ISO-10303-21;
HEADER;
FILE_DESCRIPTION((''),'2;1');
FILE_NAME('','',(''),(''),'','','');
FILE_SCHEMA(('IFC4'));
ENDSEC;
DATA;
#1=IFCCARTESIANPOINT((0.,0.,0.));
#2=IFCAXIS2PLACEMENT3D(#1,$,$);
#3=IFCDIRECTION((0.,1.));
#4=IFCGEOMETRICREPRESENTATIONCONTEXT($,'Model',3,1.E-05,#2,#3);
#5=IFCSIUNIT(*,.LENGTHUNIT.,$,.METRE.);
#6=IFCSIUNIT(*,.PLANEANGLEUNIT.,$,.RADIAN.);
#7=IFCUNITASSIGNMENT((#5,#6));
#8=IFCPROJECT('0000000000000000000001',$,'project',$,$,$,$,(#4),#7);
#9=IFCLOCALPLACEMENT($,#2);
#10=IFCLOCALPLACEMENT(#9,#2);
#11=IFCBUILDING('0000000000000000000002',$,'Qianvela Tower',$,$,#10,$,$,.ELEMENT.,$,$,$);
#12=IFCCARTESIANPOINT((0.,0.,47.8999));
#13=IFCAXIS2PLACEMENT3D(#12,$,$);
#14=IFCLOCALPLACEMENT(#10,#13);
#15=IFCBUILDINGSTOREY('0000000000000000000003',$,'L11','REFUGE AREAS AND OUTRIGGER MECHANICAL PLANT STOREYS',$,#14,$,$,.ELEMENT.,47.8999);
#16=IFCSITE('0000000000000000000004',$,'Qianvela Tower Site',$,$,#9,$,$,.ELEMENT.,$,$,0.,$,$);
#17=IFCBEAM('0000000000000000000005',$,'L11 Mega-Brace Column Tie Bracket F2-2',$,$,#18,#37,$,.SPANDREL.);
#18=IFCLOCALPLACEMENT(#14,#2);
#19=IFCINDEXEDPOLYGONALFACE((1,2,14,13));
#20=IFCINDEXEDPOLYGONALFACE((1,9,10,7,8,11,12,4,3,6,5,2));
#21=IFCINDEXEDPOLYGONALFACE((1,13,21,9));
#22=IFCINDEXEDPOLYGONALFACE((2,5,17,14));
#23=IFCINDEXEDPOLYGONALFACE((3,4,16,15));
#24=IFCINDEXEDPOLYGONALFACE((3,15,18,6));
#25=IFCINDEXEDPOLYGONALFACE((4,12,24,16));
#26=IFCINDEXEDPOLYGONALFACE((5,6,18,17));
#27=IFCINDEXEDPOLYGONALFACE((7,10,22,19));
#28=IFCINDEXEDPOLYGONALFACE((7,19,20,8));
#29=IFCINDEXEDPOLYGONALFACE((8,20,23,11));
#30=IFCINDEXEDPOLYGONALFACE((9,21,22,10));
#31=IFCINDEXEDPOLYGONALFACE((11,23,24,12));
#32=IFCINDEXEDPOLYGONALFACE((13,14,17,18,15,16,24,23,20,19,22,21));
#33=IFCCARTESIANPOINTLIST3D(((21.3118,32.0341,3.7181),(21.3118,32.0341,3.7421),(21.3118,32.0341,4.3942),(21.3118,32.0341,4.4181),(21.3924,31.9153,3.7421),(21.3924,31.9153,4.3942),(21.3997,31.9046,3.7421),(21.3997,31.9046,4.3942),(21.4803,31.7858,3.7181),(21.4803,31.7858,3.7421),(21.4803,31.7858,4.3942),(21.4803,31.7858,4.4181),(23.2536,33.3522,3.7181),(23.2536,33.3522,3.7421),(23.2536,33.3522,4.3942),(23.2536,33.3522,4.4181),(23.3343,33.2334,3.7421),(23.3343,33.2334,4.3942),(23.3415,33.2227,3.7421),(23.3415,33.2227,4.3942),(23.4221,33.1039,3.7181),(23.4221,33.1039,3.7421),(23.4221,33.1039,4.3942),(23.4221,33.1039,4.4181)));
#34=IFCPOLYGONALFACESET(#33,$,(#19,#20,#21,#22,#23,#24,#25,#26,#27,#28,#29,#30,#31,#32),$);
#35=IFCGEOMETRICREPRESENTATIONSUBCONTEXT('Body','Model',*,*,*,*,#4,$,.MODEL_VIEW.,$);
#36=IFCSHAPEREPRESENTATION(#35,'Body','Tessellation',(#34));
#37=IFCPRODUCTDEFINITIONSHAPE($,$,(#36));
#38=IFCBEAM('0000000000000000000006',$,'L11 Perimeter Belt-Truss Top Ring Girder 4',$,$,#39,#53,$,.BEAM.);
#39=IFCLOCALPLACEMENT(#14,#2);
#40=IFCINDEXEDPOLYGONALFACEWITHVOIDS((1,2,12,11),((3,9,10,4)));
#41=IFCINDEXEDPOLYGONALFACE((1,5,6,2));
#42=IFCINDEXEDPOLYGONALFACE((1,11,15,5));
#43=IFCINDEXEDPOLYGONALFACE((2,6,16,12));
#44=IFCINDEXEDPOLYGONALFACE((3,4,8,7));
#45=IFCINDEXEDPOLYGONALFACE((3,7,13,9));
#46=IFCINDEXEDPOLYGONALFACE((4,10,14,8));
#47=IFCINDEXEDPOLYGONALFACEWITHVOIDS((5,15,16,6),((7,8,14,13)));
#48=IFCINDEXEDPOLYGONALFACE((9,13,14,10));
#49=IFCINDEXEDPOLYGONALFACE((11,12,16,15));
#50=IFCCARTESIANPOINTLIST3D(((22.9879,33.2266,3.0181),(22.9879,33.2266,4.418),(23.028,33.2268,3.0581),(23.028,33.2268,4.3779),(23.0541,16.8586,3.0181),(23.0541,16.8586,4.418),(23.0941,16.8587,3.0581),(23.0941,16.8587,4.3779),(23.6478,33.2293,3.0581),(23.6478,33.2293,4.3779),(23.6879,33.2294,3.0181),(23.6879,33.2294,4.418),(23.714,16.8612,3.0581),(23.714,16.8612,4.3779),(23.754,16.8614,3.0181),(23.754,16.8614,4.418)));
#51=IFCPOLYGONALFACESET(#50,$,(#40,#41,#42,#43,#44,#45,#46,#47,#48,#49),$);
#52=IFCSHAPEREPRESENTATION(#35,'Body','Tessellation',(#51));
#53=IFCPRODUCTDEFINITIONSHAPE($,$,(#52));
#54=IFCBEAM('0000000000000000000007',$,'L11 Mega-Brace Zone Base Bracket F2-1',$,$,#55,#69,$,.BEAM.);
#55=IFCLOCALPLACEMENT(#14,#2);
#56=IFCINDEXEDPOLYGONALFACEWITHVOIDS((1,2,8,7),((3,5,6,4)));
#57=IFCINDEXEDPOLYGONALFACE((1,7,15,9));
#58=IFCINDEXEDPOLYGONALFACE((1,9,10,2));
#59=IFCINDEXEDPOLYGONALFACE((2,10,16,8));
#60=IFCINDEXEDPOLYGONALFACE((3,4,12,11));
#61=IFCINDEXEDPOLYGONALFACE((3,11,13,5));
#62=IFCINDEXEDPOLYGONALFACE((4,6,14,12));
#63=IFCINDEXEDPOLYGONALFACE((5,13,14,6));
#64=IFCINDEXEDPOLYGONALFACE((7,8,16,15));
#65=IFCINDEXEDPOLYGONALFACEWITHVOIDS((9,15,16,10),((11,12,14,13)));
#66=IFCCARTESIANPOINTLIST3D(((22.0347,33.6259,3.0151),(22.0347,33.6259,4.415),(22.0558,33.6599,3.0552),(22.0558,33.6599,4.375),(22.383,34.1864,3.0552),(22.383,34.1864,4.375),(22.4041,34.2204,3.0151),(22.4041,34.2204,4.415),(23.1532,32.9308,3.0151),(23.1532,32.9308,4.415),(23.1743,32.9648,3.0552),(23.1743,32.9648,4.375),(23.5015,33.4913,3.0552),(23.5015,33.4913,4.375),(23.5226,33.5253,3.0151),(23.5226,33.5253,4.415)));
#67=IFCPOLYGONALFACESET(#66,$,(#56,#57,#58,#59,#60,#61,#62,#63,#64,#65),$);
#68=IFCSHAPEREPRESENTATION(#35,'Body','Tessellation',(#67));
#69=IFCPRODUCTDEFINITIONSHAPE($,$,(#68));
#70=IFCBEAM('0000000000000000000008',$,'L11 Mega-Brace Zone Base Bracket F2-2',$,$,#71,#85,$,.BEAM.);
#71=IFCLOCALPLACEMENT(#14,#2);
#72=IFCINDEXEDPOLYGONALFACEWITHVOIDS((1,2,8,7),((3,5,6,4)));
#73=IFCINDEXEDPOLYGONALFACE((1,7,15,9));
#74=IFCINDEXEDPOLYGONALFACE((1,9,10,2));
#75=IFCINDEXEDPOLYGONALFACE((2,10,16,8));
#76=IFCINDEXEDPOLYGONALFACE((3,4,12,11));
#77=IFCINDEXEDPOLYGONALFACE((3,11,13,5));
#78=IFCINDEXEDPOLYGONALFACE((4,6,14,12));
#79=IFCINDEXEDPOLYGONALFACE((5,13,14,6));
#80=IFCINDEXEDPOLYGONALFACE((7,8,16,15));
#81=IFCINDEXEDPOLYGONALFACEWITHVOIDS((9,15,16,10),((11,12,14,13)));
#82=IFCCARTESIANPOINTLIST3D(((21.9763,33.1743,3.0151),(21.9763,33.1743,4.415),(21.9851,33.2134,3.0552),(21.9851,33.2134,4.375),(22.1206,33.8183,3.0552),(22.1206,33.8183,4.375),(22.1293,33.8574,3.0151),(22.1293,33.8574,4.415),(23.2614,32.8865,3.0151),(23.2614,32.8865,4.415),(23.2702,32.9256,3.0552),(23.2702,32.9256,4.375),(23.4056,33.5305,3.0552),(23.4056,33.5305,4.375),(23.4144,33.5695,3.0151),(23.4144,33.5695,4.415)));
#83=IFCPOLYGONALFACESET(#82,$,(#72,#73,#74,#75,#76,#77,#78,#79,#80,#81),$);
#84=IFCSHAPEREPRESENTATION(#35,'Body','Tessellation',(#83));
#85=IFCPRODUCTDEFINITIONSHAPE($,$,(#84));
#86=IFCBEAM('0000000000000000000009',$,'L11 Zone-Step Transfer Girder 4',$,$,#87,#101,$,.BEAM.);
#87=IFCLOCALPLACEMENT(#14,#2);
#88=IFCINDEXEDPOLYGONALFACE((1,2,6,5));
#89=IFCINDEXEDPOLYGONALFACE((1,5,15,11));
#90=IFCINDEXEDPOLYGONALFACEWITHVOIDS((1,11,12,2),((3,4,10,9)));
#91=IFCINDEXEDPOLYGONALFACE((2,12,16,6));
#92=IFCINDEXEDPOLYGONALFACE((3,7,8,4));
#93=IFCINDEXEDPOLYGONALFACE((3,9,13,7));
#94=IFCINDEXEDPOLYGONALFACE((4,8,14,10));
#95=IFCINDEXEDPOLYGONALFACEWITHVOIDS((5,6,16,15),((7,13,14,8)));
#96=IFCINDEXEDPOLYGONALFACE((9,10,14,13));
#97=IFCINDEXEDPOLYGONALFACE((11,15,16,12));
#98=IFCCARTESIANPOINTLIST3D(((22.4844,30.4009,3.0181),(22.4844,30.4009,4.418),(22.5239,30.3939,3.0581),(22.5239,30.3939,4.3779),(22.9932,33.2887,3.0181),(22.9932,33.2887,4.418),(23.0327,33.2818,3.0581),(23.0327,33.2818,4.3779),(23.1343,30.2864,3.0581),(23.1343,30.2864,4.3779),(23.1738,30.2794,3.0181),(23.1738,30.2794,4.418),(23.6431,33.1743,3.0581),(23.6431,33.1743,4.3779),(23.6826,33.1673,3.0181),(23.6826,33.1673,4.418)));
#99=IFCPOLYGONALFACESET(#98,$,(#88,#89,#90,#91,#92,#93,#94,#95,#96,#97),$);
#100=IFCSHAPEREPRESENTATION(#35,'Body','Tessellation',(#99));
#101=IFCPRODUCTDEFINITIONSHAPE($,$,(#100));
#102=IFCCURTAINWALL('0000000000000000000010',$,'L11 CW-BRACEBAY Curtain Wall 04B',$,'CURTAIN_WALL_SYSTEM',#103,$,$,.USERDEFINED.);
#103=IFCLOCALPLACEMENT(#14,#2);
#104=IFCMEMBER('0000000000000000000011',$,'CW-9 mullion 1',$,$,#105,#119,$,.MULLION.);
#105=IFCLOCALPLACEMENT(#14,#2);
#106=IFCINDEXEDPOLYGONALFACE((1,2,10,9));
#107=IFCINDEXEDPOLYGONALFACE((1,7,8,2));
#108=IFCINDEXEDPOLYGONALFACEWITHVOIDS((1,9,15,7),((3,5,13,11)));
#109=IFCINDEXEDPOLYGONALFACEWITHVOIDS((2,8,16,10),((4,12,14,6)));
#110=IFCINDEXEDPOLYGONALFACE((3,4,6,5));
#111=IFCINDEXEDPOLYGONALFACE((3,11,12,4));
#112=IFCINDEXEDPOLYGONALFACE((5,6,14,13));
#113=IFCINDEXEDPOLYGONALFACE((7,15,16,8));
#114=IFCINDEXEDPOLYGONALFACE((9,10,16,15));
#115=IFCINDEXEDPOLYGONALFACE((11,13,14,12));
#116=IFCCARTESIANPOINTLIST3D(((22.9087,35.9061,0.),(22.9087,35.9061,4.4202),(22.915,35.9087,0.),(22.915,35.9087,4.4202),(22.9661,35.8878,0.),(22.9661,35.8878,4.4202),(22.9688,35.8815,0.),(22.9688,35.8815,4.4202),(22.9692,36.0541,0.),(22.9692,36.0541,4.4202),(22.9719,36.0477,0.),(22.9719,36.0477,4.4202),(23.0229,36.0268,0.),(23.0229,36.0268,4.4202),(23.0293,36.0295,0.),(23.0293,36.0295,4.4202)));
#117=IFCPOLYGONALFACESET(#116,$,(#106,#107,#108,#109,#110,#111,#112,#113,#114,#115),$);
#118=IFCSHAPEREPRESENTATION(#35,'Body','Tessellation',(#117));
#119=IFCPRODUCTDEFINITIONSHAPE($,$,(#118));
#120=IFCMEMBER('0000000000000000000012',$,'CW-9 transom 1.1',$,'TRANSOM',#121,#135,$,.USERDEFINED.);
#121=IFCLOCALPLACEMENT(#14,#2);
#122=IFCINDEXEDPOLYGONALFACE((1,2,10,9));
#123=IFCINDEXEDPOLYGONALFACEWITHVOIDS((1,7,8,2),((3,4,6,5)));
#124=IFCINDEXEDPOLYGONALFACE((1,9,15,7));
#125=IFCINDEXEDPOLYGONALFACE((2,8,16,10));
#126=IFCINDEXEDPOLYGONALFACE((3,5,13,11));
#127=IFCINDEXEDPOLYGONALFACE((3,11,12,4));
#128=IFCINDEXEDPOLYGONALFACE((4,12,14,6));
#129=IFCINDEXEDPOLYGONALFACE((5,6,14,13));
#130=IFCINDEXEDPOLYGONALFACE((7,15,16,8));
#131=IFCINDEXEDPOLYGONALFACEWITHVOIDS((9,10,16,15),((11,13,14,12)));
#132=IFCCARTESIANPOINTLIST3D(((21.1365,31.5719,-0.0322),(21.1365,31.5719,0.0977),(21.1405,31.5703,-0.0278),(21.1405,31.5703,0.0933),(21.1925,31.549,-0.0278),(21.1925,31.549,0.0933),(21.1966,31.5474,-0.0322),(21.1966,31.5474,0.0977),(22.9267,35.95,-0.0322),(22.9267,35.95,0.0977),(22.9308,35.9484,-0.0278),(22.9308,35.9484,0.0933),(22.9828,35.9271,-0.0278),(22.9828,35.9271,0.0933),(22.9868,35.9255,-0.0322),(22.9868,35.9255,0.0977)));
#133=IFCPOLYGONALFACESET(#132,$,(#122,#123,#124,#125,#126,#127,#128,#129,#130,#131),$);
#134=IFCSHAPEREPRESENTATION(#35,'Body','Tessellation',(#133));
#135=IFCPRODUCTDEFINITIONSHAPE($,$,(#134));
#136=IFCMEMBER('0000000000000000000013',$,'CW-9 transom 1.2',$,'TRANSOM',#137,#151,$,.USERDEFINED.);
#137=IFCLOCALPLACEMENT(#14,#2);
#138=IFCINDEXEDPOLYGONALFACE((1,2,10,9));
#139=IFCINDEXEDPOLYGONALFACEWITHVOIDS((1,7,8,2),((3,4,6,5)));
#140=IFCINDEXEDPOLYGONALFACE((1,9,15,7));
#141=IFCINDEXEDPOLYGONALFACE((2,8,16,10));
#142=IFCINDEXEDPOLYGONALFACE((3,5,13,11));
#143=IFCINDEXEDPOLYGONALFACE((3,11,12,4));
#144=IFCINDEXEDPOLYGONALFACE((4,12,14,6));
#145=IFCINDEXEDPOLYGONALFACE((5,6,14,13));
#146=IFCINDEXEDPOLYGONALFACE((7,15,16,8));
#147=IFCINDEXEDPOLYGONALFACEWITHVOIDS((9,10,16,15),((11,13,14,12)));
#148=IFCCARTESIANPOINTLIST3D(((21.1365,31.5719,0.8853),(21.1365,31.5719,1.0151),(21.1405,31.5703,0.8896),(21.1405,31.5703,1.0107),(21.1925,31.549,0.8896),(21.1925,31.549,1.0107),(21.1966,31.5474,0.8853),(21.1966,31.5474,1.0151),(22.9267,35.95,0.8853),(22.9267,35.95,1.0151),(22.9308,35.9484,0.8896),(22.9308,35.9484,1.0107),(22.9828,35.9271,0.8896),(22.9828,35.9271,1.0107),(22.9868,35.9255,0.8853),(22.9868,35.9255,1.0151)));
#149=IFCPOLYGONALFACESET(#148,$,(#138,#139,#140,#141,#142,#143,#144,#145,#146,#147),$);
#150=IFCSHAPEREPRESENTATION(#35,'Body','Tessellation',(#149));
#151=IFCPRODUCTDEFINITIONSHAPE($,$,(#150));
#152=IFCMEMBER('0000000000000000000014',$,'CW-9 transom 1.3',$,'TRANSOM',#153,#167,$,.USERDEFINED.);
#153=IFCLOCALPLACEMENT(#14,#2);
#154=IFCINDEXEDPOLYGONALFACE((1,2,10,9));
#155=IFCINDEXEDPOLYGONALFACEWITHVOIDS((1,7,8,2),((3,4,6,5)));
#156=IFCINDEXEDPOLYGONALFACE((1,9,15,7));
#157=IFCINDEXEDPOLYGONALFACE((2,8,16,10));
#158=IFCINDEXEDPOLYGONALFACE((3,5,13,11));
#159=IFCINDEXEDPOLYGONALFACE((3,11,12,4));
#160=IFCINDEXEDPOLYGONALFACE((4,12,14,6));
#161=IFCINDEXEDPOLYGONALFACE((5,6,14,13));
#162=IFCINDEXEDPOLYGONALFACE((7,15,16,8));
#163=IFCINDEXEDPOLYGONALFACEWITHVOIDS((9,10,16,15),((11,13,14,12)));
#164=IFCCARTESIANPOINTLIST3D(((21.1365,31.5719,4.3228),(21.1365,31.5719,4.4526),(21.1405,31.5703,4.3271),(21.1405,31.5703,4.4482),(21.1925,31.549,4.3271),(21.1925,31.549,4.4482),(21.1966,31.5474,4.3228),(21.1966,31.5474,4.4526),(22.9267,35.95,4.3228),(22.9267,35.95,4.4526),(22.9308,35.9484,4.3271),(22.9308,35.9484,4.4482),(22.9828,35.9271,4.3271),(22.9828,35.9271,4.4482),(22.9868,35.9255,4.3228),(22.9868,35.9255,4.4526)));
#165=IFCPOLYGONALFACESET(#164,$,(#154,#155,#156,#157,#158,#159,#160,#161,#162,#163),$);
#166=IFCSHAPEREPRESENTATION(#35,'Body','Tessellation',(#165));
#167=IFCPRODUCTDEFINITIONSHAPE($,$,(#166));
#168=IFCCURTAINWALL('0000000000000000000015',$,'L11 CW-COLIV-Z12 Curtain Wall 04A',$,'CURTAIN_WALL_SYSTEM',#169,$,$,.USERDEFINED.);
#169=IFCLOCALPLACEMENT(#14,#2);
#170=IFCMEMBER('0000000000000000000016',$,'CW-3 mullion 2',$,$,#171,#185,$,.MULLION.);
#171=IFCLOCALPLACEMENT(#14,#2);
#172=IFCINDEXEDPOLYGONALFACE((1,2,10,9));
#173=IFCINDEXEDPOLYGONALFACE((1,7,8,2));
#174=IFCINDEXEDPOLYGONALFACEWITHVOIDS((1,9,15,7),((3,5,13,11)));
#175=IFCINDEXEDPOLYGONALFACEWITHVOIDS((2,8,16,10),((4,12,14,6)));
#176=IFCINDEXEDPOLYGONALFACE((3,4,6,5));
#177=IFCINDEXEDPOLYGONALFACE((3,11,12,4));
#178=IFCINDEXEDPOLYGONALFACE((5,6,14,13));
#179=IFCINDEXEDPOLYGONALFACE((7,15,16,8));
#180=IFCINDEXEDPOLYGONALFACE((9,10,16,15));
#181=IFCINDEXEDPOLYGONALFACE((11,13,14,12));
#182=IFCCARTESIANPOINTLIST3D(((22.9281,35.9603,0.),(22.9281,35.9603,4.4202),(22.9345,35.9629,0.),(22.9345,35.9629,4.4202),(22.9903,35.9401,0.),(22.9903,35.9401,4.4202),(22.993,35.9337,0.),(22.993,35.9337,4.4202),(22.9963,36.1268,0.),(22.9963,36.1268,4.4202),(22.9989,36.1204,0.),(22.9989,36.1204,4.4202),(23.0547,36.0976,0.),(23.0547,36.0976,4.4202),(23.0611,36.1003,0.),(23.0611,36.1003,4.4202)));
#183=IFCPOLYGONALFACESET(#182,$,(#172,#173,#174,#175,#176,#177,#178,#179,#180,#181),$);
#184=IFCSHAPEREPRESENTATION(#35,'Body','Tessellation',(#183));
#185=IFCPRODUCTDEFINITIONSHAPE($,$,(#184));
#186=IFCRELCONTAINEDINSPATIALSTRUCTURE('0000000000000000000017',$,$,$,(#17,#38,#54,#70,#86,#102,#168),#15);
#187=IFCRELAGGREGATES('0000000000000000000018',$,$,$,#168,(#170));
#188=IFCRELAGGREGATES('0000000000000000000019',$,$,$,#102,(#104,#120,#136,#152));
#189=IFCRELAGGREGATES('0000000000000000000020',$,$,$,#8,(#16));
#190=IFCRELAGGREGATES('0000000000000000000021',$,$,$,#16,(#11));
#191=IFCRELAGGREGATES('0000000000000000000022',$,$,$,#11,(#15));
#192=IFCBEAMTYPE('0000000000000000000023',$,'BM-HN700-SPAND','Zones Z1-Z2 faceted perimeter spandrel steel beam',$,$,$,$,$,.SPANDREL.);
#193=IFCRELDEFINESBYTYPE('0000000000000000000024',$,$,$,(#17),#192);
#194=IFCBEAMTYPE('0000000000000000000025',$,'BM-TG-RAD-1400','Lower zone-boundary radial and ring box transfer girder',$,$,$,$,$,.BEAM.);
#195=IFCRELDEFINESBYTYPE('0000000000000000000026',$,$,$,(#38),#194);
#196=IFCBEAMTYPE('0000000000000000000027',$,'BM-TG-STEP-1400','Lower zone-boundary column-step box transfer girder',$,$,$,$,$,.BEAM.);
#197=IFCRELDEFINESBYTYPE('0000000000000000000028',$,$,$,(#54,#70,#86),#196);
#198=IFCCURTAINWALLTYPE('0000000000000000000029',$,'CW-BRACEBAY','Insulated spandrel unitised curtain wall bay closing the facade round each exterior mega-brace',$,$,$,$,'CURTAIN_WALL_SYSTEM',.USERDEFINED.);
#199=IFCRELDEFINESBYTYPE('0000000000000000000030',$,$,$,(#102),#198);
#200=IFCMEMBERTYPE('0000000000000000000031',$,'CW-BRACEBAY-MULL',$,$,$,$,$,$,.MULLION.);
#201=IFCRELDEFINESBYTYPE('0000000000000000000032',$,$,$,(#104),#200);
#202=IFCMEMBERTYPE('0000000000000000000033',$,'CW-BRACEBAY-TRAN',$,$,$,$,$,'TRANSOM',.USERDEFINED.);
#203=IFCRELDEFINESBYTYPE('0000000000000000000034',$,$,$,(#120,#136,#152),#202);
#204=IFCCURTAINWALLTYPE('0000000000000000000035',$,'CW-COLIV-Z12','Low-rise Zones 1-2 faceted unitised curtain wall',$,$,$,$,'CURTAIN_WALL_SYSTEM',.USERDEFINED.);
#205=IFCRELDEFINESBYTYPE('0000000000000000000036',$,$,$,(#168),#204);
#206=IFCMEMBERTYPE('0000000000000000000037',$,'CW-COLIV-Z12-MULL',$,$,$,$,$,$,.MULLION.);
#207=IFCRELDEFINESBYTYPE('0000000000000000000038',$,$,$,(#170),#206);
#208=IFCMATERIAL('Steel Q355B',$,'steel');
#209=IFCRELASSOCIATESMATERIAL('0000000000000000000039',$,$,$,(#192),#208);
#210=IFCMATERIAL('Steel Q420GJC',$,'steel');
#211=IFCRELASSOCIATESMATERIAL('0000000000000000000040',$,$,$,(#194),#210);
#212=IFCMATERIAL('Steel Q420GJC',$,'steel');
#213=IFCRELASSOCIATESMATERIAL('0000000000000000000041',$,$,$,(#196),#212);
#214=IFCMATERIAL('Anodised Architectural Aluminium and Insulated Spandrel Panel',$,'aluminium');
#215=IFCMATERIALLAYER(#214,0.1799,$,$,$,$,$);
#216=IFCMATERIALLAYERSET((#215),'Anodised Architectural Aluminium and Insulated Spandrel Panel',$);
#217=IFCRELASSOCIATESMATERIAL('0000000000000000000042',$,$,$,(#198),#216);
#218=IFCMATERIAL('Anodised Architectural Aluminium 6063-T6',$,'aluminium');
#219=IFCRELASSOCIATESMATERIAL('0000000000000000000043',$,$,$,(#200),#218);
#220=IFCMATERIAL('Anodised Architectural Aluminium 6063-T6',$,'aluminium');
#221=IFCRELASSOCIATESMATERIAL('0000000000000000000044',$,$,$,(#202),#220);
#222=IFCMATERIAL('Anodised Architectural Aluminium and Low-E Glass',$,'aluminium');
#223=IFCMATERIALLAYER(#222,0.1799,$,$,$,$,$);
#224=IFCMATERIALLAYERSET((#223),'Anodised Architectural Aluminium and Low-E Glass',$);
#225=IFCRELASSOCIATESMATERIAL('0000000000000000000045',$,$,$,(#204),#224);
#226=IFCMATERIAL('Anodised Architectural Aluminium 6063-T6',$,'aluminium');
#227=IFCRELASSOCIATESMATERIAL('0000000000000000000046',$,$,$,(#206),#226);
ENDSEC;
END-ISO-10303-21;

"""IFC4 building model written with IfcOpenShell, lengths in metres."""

from ifc_helpers import new_model, si_unit, direction, frame, origin, origin_2d, place, context, subcontext, project, spatial, hollow_rectangle, i_section, extrude, material, layer, layer_set, material_profile, profile_set, type_object, element, aggregate, save


model = new_model("IFC4")

# Units and contexts
model_context = context("Model", 3, precision=1e-05, world=origin(), true_north=direction((0.0, 1.0)))
body_context = subcontext(model_context, "Body", "Model", "MODEL_VIEW")
ifc_project = project(units=[si_unit("LENGTHUNIT", "METRE"), si_unit("PLANEANGLEUNIT", "RADIAN")], contexts=[model_context])

# Site, building, storey
site_placement = place(None, origin())
site = spatial("IfcSite", under=ifc_project, at=site_placement, Name="Qianvela Tower Site", CompositionType="ELEMENT", RefElevation=0.0)
building_placement = place(site_placement, origin())
building = spatial("IfcBuilding", under=site, at=building_placement, Name="Qianvela Tower", CompositionType="ELEMENT")
storey_placement = place(building_placement, frame((0.0, 0.0, 47.8999)))
storey = spatial("IfcBuildingStorey", under=building, at=storey_placement, Name="L11", Description="REFUGE AREAS AND OUTRIGGER MECHANICAL PLANT STOREYS", CompositionType="ELEMENT", Elevation=47.8999)

# Beams
ifc_material_1 = material(Name="Steel Q355B", Category="steel")
ifc_material_profile_1 = material_profile(ifc_material_1, i_section(OverallWidth=0.3, OverallDepth=0.7, WebThickness=0.0129, FlangeThickness=0.0239, at=origin_2d()), Name="HN700x300x13x24")
ifc_profile_set_1 = profile_set([ifc_material_profile_1], Name="Steel Q355B")
beam_type_1 = type_object("IfcBeamType", Name="BM-HN700-SPAND", Description="Zones Z1-Z2 faceted perimeter spandrel steel beam", PredefinedType="SPANDREL", material=ifc_profile_set_1)
beam_1_placement = place(storey_placement, frame((23.3379, 33.228, 4.0681), z_axis=(-0.827396, -0.561618, 0.0), x_axis=(0.561618, -0.827396, 0.0)))
element("IfcBeam", 1, at=beam_1_placement, inside=storey, type_object=beam_type_1, Name="L11 Mega-Brace Column Tie Bracket F2-2", PredefinedType="SPANDREL", context=body_context, shape_type="SweptSolid", body=[
    extrude(i_section(OverallWidth=0.3, OverallDepth=0.7, WebThickness=0.0129, FlangeThickness=0.0239, at=origin_2d()), origin(), (0.0, 0.0, 1.0), 2.3469),
])
ifc_material_2 = material(Name="Steel Q420GJC", Category="steel")
ifc_material_profile_2 = material_profile(ifc_material_2, hollow_rectangle(XDim=0.7, YDim=1.3999, WallThickness=0.04, at=origin_2d()), Name="TG-BOX-1400x700x40")
ifc_profile_set_2 = profile_set([ifc_material_profile_2], Name="Steel Q420GJC")
beam_type_2 = type_object("IfcBeamType", Name="BM-TG-RAD-1400", Description="Lower zone-boundary radial and ring box transfer girder", PredefinedType="BEAM", material=ifc_profile_set_2)
beam_2_placement = place(storey_placement, frame((23.3379, 33.228, 3.718), z_axis=(0.004042, -0.999992, 0.0), x_axis=(0.999992, 0.004042, 0.0)))
element("IfcBeam", 2, at=beam_2_placement, inside=storey, type_object=beam_type_2, Name="L11 Perimeter Belt-Truss Top Ring Girder 4", PredefinedType="BEAM", context=body_context, shape_type="SweptSolid", body=[
    extrude(hollow_rectangle(XDim=0.7, YDim=1.3999, WallThickness=0.04, at=origin_2d()), origin(), (0.0, 0.0, 1.0), 16.3682),
])
ifc_material_3 = material(Name="Steel Q420GJC", Category="steel")
ifc_material_profile_3 = material_profile(ifc_material_3, hollow_rectangle(XDim=0.7, YDim=1.3999, WallThickness=0.04, at=origin_2d()), Name="TG-BOX-1400x700x40")
ifc_profile_set_3 = profile_set([ifc_material_profile_3], Name="Steel Q420GJC")
beam_type_3 = type_object("IfcBeamType", Name="BM-TG-STEP-1400", Description="Lower zone-boundary column-step box transfer girder", PredefinedType="BEAM", material=ifc_profile_set_3)
for number, where, z_axis, x_axis, name in (
    (3, (23.3379, 33.228, 3.7151), (-0.849339, 0.527847, 0.0), (-0.527847, -0.849339, 0.0), "L11 Mega-Brace Zone Base Bracket F2-1"),
    (4, (23.3379, 33.228, 3.7151), (-0.975824, 0.218559, 0.0), (-0.218559, -0.975824, 0.0), "L11 Mega-Brace Zone Base Bracket F2-2"),
):
    element("IfcBeam", number, at=place(storey_placement, frame(where, z_axis=z_axis, x_axis=x_axis)), inside=storey, type_object=beam_type_3, Name=name, PredefinedType="BEAM", context=body_context, shape_type="SweptSolid", body=[
        extrude(hollow_rectangle(XDim=0.7, YDim=1.3999, WallThickness=0.04, at=origin_2d()), origin(), (0.0, 0.0, 1.0), 1.3169),
    ])
beam_3_placement = place(storey_placement, frame((23.3379, 33.228, 3.718), z_axis=(-0.173505, -0.984833, 0.0), x_axis=(0.984833, -0.173505, 0.0)))
element("IfcBeam", 5, at=beam_3_placement, inside=storey, type_object=beam_type_3, Name="L11 Zone-Step Transfer Girder 4", PredefinedType="BEAM", context=body_context, shape_type="SweptSolid", body=[
    extrude(hollow_rectangle(XDim=0.7, YDim=1.3999, WallThickness=0.04, at=origin_2d()), origin(), (0.0, 0.0, 1.0), 2.9324),
])

# Curtain wall, members
ifc_material_4 = material(Name="Anodised Architectural Aluminium and Insulated Spandrel Panel", Category="aluminium")
ifc_layer_1 = layer(ifc_material_4, 0.1799)
ifc_layer_set_1 = layer_set([ifc_layer_1], Name="Anodised Architectural Aluminium and Insulated Spandrel Panel")
curtain_wall_type_1 = type_object("IfcCurtainWallType", Name="CW-BRACEBAY", Description="Insulated spandrel unitised curtain wall bay closing the facade round each exterior mega-brace", ElementType="CURTAIN_WALL_SYSTEM", PredefinedType="USERDEFINED", material=ifc_layer_set_1)
curtain_wall_1_placement = place(storey_placement, origin())
curtain_wall_1 = element("IfcCurtainWall", 6, at=curtain_wall_1_placement, inside=storey, type_object=curtain_wall_type_1, Name="L11 CW-BRACEBAY Curtain Wall 04B", ObjectType="CURTAIN_WALL_SYSTEM", PredefinedType="USERDEFINED")
ifc_material_5 = material(Name="Anodised Architectural Aluminium 6063-T6", Category="aluminium")
ifc_material_profile_4 = material_profile(ifc_material_5, hollow_rectangle(XDim=0.0649, YDim=0.1599, WallThickness=0.0049, at=origin_2d()), Name="ALU-MULL-65x160")
ifc_profile_set_4 = profile_set([ifc_material_profile_4], Name="Anodised Architectural Aluminium 6063-T6")
member_type_1 = type_object("IfcMemberType", Name="CW-BRACEBAY-MULL", PredefinedType="MULLION", material=ifc_profile_set_4)
member_1_placement = place(storey_placement, frame((22.969, 35.9678, 0.0), z_axis=(0.0, 0.0, 1.0), x_axis=(0.925609, -0.378482, 0.0)))
member_1 = element("IfcMember", 7, at=member_1_placement, type_object=member_type_1, Name="CW-9 mullion 1", PredefinedType="MULLION", context=body_context, shape_type="SweptSolid", body=[
    extrude(hollow_rectangle(XDim=0.0649, YDim=0.1599, WallThickness=0.0049, at=origin_2d()), origin(), (0.0, 0.0, 1.0), 4.4202),
])
ifc_material_6 = material(Name="Anodised Architectural Aluminium 6063-T6", Category="aluminium")
ifc_material_profile_5 = material_profile(ifc_material_6, hollow_rectangle(XDim=0.0649, YDim=0.1299, WallThickness=0.0044, at=origin_2d()), Name="ALU-TRAN-65x130")
ifc_profile_set_5 = profile_set([ifc_material_profile_5], Name="Anodised Architectural Aluminium 6063-T6")
member_type_2 = type_object("IfcMemberType", Name="CW-BRACEBAY-TRAN", ElementType="TRANSOM", PredefinedType="USERDEFINED", material=ifc_profile_set_5)
member_2_placement = place(storey_placement, frame((22.9568, 35.9377, 0.0327), z_axis=(-0.37849, -0.925605, 0.0), x_axis=(0.925605, -0.37849, 0.0)))
member_2 = element("IfcMember", 8, at=member_2_placement, type_object=member_type_2, Name="CW-9 transom 1.1", ObjectType="TRANSOM", PredefinedType="USERDEFINED", context=body_context, shape_type="SweptSolid", body=[
    extrude(hollow_rectangle(XDim=0.0649, YDim=0.1299, WallThickness=0.0044, at=origin_2d()), origin(), (0.0, 0.0, 1.0), 4.73),
])
member_3_placement = place(storey_placement, frame((22.9568, 35.9377, 0.9502), z_axis=(-0.37849, -0.925605, 0.0), x_axis=(0.925605, -0.37849, 0.0)))
member_3 = element("IfcMember", 9, at=member_3_placement, type_object=member_type_2, Name="CW-9 transom 1.2", ObjectType="TRANSOM", PredefinedType="USERDEFINED", context=body_context, shape_type="SweptSolid", body=[
    extrude(hollow_rectangle(XDim=0.0649, YDim=0.1299, WallThickness=0.0044, at=origin_2d()), origin(), (0.0, 0.0, 1.0), 4.73),
])
member_4_placement = place(storey_placement, frame((22.9568, 35.9377, 4.3877), z_axis=(-0.37849, -0.925605, 0.0), x_axis=(0.925605, -0.37849, 0.0)))
member_4 = element("IfcMember", 10, at=member_4_placement, type_object=member_type_2, Name="CW-9 transom 1.3", ObjectType="TRANSOM", PredefinedType="USERDEFINED", context=body_context, shape_type="SweptSolid", body=[
    extrude(hollow_rectangle(XDim=0.0649, YDim=0.1299, WallThickness=0.0044, at=origin_2d()), origin(), (0.0, 0.0, 1.0), 4.73),
])

# Curtain wall, member
ifc_material_7 = material(Name="Anodised Architectural Aluminium and Low-E Glass", Category="aluminium")
ifc_layer_2 = layer(ifc_material_7, 0.1799)
ifc_layer_set_2 = layer_set([ifc_layer_2], Name="Anodised Architectural Aluminium and Low-E Glass")
curtain_wall_type_2 = type_object("IfcCurtainWallType", Name="CW-COLIV-Z12", Description="Low-rise Zones 1-2 faceted unitised curtain wall", ElementType="CURTAIN_WALL_SYSTEM", PredefinedType="USERDEFINED", material=ifc_layer_set_2)
curtain_wall_2_placement = place(storey_placement, origin())
curtain_wall_2 = element("IfcCurtainWall", 11, at=curtain_wall_2_placement, inside=storey, type_object=curtain_wall_type_2, Name="L11 CW-COLIV-Z12 Curtain Wall 04A", ObjectType="CURTAIN_WALL_SYSTEM", PredefinedType="USERDEFINED")
ifc_material_8 = material(Name="Anodised Architectural Aluminium 6063-T6", Category="aluminium")
ifc_material_profile_6 = material_profile(ifc_material_8, hollow_rectangle(XDim=0.0701, YDim=0.1799, WallThickness=0.0049, at=origin_2d()), Name="ALU-MULL-70x180")
ifc_profile_set_6 = profile_set([ifc_material_profile_6], Name="Anodised Architectural Aluminium 6063-T6")
member_type_3 = type_object("IfcMemberType", Name="CW-COLIV-Z12-MULL", PredefinedType="MULLION", material=ifc_profile_set_6)
member_5_placement = place(storey_placement, frame((22.9946, 36.0303, 0.0), z_axis=(0.0, 0.0, 1.0), x_axis=(0.925601, -0.378501, 0.0)))
member_5 = element("IfcMember", 12, at=member_5_placement, type_object=member_type_3, Name="CW-3 mullion 2", PredefinedType="MULLION", context=body_context, shape_type="SweptSolid", body=[
    extrude(hollow_rectangle(XDim=0.0701, YDim=0.1799, WallThickness=0.0049, at=origin_2d()), origin(), (0.0, 0.0, 1.0), 4.4202),
])
aggregate(curtain_wall_2, [member_5])

aggregate(curtain_wall_1, [member_1, member_2, member_3, member_4])

save(model, "model.ifc")
